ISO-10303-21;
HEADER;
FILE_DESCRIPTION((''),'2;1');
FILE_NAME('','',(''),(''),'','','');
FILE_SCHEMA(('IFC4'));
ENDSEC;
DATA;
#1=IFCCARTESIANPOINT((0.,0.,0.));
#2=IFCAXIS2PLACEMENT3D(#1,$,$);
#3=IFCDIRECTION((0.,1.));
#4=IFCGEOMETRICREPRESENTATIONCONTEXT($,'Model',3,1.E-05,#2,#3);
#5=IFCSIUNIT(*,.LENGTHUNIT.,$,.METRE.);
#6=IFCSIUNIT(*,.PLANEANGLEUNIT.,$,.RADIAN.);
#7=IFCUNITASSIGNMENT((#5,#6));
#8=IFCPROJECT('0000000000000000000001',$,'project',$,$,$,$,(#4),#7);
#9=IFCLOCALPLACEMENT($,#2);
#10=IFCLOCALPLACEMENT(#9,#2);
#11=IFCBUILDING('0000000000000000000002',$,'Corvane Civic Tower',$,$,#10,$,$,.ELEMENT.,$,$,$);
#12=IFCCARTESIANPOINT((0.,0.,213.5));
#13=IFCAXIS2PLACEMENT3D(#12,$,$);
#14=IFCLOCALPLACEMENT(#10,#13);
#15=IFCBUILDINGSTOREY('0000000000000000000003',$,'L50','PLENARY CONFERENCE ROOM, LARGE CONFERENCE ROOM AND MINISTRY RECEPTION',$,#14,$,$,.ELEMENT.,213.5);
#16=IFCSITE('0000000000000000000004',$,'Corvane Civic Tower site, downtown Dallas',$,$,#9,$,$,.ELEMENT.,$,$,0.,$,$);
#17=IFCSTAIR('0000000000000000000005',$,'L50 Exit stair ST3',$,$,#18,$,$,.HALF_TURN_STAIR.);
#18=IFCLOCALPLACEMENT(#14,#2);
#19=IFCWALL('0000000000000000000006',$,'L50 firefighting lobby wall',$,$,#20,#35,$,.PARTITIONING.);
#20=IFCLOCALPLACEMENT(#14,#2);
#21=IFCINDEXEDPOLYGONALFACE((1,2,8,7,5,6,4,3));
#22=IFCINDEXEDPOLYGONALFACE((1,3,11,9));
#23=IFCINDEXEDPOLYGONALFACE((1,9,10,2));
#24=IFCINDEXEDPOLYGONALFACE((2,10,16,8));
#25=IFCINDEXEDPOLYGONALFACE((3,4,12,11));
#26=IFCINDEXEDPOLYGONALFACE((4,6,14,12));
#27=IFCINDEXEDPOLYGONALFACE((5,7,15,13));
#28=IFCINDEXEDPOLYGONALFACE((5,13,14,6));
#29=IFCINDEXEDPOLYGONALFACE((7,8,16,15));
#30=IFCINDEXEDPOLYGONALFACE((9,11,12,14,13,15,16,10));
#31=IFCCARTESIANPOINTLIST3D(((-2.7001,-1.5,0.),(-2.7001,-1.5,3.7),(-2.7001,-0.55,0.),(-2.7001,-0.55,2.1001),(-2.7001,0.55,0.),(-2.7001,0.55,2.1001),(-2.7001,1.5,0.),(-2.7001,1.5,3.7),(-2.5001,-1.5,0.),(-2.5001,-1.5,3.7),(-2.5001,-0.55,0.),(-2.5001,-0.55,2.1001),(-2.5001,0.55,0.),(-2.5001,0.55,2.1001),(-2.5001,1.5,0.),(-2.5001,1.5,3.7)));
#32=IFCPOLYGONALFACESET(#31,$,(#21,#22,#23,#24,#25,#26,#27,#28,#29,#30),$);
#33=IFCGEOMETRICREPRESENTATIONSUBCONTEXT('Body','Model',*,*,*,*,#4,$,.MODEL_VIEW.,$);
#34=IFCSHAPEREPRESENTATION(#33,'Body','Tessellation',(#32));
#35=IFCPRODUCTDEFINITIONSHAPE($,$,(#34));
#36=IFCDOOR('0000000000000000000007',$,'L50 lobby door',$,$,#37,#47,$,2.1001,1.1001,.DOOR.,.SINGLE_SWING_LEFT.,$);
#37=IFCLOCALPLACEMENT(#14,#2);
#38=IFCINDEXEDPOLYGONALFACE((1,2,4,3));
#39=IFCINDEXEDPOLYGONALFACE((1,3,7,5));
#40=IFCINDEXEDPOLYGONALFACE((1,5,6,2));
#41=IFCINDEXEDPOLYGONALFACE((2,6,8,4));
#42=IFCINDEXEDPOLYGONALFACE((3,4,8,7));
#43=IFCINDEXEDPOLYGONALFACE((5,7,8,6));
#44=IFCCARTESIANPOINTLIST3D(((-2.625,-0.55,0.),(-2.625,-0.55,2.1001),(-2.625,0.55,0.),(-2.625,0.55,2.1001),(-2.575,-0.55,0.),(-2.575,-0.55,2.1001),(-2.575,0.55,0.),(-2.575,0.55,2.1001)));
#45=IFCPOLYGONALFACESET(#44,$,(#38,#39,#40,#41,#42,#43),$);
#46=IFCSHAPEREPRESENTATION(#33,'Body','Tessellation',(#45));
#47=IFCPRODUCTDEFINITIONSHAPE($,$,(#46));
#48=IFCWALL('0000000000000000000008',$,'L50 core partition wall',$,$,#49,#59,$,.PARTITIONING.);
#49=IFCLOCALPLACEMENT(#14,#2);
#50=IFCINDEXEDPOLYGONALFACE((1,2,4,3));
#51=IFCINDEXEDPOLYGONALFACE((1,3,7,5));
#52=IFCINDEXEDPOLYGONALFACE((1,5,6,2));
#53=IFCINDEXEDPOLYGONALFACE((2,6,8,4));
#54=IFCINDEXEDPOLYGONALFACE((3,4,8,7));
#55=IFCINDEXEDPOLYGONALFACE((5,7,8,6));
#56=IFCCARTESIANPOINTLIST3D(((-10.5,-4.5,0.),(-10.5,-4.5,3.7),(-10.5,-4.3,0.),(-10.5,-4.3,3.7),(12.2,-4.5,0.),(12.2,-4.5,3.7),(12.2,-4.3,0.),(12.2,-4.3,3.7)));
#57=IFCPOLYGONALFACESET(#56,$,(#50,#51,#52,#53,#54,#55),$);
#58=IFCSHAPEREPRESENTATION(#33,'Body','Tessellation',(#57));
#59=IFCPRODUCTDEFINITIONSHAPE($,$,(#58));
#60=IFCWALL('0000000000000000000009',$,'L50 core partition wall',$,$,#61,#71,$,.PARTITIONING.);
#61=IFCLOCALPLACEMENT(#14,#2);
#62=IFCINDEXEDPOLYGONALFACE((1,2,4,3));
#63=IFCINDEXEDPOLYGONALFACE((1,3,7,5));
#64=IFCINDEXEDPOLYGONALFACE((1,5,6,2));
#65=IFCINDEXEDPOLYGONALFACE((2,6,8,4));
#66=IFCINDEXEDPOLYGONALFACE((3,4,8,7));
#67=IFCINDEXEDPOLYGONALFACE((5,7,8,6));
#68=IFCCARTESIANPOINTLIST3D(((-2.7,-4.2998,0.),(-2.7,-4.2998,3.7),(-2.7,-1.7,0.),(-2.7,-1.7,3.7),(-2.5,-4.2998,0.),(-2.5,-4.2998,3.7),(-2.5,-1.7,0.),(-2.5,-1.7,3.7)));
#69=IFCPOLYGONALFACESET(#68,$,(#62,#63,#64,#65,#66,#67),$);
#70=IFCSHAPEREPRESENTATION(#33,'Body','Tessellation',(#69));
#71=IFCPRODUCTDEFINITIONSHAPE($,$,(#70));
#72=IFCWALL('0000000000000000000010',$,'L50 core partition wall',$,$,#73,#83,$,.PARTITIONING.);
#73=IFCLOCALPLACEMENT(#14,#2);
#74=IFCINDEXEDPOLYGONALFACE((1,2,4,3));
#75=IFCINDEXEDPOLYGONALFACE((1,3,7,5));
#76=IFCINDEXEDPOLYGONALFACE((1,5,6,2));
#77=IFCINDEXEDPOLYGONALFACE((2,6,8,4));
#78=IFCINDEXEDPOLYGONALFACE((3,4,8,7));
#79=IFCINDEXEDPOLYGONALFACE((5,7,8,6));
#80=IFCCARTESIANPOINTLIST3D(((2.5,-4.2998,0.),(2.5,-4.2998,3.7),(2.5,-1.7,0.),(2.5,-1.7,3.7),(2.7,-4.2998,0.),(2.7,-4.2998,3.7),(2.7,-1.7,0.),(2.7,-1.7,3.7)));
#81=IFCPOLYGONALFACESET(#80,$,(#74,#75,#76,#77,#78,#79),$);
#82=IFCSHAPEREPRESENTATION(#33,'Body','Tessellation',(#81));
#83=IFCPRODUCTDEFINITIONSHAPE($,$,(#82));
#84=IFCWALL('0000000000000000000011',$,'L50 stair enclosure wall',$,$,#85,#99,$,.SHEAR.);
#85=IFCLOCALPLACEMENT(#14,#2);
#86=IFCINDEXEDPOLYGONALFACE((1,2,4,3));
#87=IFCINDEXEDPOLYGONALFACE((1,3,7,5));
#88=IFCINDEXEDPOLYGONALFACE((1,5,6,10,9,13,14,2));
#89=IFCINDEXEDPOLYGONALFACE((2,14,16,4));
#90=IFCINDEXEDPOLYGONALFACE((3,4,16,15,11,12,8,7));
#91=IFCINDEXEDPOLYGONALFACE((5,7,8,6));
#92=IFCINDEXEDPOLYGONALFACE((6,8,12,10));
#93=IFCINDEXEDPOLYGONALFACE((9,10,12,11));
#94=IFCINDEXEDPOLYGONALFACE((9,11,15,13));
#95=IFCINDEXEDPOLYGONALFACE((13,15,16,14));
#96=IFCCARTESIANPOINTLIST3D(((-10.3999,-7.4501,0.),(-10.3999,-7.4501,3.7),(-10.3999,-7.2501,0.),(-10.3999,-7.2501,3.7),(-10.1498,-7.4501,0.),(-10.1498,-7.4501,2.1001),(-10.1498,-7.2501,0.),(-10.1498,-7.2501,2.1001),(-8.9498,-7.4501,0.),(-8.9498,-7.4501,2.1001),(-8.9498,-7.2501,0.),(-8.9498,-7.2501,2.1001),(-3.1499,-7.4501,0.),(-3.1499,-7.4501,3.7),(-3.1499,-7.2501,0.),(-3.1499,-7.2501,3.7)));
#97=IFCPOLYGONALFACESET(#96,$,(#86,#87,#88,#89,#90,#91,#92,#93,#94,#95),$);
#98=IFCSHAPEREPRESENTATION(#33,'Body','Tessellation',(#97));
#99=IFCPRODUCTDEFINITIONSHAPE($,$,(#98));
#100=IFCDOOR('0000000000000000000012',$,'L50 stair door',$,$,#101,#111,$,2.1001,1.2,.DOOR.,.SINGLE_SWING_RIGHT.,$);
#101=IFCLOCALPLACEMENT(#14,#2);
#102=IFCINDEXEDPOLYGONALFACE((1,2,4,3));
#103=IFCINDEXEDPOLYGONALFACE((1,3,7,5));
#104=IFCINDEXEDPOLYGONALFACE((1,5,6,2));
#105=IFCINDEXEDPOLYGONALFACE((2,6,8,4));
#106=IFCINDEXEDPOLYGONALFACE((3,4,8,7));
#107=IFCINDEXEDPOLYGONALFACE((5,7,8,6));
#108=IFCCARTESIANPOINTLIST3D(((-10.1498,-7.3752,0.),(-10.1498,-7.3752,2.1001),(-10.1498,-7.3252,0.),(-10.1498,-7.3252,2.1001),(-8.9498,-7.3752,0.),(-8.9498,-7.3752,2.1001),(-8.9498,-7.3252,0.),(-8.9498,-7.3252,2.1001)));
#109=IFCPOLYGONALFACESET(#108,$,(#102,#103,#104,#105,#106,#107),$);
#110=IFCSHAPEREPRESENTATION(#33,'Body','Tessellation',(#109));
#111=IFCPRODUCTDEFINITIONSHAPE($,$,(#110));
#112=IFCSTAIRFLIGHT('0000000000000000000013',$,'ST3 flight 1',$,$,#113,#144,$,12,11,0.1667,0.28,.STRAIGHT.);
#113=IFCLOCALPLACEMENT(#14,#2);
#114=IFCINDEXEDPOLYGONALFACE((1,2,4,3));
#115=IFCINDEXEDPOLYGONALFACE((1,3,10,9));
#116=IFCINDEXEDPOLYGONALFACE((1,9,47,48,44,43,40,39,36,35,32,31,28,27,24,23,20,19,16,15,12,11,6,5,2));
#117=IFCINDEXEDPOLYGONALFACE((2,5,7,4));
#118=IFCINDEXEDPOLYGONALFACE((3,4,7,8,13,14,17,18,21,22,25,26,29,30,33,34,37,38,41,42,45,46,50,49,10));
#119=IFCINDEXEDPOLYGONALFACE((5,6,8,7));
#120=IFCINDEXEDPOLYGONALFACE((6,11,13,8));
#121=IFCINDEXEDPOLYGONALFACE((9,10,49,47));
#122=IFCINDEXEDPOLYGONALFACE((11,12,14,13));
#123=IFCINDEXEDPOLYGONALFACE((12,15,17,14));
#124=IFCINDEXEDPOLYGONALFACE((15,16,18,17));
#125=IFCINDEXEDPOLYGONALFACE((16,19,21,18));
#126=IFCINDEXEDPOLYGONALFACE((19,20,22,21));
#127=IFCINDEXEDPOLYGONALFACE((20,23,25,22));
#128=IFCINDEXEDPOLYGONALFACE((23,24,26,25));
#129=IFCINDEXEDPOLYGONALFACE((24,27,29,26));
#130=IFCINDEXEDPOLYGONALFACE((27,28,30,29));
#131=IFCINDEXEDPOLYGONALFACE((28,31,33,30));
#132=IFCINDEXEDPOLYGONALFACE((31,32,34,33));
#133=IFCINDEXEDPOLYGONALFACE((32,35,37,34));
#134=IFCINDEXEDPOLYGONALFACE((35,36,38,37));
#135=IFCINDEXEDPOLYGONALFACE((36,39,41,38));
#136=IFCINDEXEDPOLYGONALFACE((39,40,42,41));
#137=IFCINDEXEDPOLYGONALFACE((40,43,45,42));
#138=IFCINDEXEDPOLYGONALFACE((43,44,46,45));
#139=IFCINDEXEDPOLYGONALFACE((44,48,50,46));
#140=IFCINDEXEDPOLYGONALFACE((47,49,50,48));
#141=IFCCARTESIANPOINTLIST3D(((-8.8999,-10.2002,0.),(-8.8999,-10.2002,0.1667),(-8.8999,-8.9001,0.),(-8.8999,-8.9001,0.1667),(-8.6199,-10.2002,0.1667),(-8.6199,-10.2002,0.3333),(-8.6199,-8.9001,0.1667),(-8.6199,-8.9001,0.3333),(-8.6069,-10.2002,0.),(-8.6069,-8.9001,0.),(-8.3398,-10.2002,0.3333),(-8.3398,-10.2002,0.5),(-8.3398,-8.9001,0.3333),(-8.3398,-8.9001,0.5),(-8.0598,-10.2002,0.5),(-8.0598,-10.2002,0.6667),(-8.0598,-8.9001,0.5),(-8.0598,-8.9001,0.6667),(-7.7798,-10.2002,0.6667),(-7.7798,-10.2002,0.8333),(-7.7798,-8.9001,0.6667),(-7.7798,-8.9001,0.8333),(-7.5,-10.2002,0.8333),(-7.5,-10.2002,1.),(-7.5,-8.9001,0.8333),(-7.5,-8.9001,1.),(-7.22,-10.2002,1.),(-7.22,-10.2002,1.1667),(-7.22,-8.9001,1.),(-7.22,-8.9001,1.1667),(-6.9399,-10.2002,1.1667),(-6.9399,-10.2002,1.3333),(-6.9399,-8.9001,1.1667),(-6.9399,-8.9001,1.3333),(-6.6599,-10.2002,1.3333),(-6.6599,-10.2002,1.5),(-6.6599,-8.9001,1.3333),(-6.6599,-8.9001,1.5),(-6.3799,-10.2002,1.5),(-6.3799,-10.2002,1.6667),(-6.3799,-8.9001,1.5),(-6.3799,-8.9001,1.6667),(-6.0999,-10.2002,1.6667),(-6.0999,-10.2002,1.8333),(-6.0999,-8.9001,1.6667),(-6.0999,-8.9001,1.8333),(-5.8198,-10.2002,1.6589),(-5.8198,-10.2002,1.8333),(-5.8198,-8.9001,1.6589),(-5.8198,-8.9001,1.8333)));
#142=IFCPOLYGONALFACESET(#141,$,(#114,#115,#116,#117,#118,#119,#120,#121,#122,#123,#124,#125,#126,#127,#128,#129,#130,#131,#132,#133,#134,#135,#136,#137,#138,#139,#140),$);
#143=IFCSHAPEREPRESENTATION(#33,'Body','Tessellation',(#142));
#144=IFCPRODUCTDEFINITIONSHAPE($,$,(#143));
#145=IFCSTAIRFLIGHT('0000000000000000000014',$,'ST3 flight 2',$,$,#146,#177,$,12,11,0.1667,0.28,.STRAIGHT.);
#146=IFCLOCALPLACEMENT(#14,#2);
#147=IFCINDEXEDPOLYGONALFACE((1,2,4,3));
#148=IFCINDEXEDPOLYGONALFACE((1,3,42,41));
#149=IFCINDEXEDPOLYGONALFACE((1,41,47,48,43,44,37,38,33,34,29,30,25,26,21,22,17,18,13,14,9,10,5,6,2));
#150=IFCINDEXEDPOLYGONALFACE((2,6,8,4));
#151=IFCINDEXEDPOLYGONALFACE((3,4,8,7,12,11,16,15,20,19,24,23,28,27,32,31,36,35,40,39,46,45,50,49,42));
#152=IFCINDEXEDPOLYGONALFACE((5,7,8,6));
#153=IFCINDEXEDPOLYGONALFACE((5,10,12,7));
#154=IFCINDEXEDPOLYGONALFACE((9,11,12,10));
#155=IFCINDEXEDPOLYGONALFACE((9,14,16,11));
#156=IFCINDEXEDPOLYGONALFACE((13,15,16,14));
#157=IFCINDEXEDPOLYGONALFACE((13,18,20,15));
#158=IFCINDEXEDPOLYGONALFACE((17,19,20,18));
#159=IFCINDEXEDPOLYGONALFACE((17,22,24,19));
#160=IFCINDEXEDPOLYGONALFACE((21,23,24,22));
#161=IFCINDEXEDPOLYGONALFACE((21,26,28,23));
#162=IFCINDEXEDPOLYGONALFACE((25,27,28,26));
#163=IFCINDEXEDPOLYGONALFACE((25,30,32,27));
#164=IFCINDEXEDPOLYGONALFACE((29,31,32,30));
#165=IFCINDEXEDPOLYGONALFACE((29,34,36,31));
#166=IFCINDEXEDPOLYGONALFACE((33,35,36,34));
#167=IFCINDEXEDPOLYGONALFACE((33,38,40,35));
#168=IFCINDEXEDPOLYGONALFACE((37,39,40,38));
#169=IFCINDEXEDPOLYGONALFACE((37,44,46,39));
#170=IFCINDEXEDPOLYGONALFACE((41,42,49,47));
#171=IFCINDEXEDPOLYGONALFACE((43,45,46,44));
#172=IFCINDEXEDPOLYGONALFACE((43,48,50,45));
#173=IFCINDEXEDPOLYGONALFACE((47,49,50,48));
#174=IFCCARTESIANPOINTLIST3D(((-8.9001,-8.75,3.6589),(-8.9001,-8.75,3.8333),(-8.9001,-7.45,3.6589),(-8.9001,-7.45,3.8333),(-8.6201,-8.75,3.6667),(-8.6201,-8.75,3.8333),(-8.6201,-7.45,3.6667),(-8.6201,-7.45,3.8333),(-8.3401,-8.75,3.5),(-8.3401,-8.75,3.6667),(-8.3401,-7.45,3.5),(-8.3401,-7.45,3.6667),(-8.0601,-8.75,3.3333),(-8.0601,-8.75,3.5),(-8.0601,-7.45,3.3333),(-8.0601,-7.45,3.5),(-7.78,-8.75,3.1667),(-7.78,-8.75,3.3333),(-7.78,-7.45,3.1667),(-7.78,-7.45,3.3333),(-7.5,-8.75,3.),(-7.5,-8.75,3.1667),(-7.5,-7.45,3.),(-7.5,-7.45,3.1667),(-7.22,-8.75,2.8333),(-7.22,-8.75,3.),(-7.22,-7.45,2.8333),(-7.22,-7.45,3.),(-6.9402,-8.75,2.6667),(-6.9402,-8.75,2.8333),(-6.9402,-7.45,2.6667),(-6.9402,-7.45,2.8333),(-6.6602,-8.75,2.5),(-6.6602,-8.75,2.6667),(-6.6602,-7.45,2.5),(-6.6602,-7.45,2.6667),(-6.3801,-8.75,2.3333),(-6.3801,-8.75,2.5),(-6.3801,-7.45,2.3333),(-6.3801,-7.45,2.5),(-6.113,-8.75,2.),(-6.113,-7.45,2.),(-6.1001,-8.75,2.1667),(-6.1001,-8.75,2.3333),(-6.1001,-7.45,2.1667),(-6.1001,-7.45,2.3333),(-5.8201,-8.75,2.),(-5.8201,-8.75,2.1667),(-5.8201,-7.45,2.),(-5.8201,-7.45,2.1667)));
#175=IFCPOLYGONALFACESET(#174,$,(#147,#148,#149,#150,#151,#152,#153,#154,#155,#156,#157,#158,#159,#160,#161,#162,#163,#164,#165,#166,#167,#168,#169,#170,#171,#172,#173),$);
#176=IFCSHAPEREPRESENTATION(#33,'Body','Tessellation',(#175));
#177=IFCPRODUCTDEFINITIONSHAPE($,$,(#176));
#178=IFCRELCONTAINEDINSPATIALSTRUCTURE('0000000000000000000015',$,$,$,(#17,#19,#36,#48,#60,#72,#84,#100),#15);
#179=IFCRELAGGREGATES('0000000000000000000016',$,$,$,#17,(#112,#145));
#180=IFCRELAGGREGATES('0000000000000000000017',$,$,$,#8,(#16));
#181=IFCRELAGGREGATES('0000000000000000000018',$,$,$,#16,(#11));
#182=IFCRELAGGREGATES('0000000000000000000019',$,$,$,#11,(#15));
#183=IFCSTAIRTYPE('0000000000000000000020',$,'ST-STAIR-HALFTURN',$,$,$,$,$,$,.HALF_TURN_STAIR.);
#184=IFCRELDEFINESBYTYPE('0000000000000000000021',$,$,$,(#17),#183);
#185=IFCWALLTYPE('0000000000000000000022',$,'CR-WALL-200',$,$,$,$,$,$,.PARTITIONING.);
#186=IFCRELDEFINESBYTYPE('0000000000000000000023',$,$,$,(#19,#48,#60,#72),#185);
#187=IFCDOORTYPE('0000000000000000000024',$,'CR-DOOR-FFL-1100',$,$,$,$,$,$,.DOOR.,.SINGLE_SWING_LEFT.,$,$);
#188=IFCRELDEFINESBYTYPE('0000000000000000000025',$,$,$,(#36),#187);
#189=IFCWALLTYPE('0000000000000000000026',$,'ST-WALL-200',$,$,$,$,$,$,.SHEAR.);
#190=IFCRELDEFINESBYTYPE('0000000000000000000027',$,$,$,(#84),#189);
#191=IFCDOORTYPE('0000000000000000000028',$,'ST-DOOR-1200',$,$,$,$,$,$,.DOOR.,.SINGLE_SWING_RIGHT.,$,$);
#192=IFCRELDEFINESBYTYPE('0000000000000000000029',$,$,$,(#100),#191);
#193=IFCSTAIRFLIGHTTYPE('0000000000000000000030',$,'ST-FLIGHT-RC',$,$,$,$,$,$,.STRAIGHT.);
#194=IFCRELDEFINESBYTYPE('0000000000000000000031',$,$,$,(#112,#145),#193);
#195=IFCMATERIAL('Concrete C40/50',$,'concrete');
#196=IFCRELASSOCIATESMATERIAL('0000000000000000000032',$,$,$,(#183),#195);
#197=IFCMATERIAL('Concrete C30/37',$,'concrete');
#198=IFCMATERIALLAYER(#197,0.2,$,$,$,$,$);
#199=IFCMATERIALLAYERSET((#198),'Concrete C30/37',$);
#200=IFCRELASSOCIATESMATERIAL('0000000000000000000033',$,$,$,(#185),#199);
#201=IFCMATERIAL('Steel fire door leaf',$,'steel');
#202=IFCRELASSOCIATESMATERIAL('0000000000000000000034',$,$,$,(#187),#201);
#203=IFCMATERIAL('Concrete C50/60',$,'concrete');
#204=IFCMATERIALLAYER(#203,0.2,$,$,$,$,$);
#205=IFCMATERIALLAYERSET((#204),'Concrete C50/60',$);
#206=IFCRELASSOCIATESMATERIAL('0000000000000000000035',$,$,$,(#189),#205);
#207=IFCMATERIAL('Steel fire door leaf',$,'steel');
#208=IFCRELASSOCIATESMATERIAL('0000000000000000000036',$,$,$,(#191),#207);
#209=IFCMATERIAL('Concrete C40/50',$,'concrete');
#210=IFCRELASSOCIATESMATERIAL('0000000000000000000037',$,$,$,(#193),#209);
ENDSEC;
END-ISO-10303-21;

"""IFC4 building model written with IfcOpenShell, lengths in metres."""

from ifc_helpers import new_model, si_unit, direction, frame, frame_2d, origin, place, context, subcontext, project, spatial, polyline, rectangle, outline, extrude, material, layer, layer_set, type_object, element, fill, aggregate, save


model = new_model("IFC4")

# Units and contexts
model_context = context("Model", 3, precision=1e-05, world=origin(), true_north=direction((0.0, 1.0)))
body_context = subcontext(model_context, "Body", "Model", "MODEL_VIEW")
ifc_project = project(units=[si_unit("LENGTHUNIT", "METRE"), si_unit("PLANEANGLEUNIT", "RADIAN")], contexts=[model_context])

# Site, building, storey
site_placement = place(None, origin())
site = spatial("IfcSite", under=ifc_project, at=site_placement, Name="Corvane Civic Tower site, downtown Dallas", CompositionType="ELEMENT", RefElevation=0.0)
building_placement = place(site_placement, origin())
building = spatial("IfcBuilding", under=site, at=building_placement, Name="Corvane Civic Tower", CompositionType="ELEMENT")
storey_placement = place(building_placement, frame((0.0, 0.0, 213.5)))
storey = spatial("IfcBuildingStorey", under=building, at=storey_placement, Name="L50", Description="PLENARY CONFERENCE ROOM, LARGE CONFERENCE ROOM AND MINISTRY RECEPTION", CompositionType="ELEMENT", Elevation=213.5)

# Stair
ifc_material_1 = material(Name="Concrete C40/50", Category="concrete")
stair_type = type_object("IfcStairType", Name="ST-STAIR-HALFTURN", PredefinedType="HALF_TURN_STAIR", material=ifc_material_1)
stair_1_placement = place(storey_placement, origin())
stair_1 = element("IfcStair", 1, at=stair_1_placement, inside=storey, type_object=stair_type, Name="L50 Exit stair ST3", PredefinedType="HALF_TURN_STAIR")

# Wall, opening, door
ifc_material_2 = material(Name="Concrete C30/37", Category="concrete")
ifc_layer_1 = layer(ifc_material_2, 0.2)
ifc_layer_set_1 = layer_set([ifc_layer_1], Name="Concrete C30/37")
wall_type_1 = type_object("IfcWallType", Name="CR-WALL-200", PredefinedType="PARTITIONING", material=ifc_layer_set_1)
ifc_material_3 = material(Name="Steel fire door leaf", Category="steel")
door_type_1 = type_object("IfcDoorType", Name="CR-DOOR-FFL-1100", OperationType="SINGLE_SWING_LEFT", PredefinedType="DOOR", material=ifc_material_3)
wall_1_placement = place(storey_placement, frame((-2.6001, -1.5, 0.0), z_axis=(0.0, 0.0, 1.0), x_axis=(0.0, 1.0, 0.0)))
wall_1 = element("IfcWall", 2, at=wall_1_placement, inside=storey, type_object=wall_type_1, Name="L50 firefighting lobby wall", PredefinedType="PARTITIONING", context=body_context, shape_type="SweptSolid", body=[
    extrude(rectangle(XDim=3.0, YDim=0.2, at=frame_2d((1.5, 0.0))), origin(), (0.0, 0.0, 1.0), 3.7),
])
opening_1_placement = place(wall_1_placement, frame((0.95, 0.0, 0.0)))
opening_1 = element("IfcOpeningElement", 3, at=opening_1_placement, cuts=wall_1, PredefinedType="OPENING", context=body_context, shape_type="SweptSolid", body=[
    extrude(rectangle(XDim=1.1001, YDim=2.1001, at=frame_2d((0.55, 1.05))), frame((0.0, 0.1099, 0.0), z_axis=(0.0, -1.0, 0.0), x_axis=(1.0, 0.0, 0.0)), (0.0, 0.0, 1.0), 0.22),
])
door_1_placement = place(opening_1_placement, origin())
door_1 = element("IfcDoor", 4, at=door_1_placement, inside=storey, type_object=door_type_1, Name="L50 lobby door", OperationType="SINGLE_SWING_LEFT", OverallHeight=2.1001, OverallWidth=1.1001, PredefinedType="DOOR", context=body_context, shape_type="SweptSolid", body=[
    extrude(rectangle(XDim=1.1001, YDim=2.1001, at=frame_2d((0.55, 1.05))), frame((0.0, 0.0249, 0.0), z_axis=(0.0, -1.0, 0.0), x_axis=(1.0, 0.0, 0.0)), (0.0, 0.0, 1.0), 0.05),
])
fill(opening_1, door_1)

# Walls
wall_2_placement = place(storey_placement, origin())
element("IfcWall", 5, at=wall_2_placement, inside=storey, type_object=wall_type_1, Name="L50 core partition wall", PredefinedType="PARTITIONING", context=body_context, shape_type="SweptSolid", body=[
    extrude(outline(polyline([(12.2, -4.3), (12.2, -4.5), (-10.5, -4.5), (-10.5, -4.3), (12.2, -4.3)])), origin(), (0.0, 0.0, 1.0), 3.7),
])
wall_3_placement = place(storey_placement, origin())
element("IfcWall", 6, at=wall_3_placement, inside=storey, type_object=wall_type_1, Name="L50 core partition wall", PredefinedType="PARTITIONING", context=body_context, shape_type="SweptSolid", body=[
    extrude(outline(polyline([(-2.5, -1.7), (-2.5, -4.2998), (-2.7, -4.2998), (-2.7, -1.7), (-2.5, -1.7)])), origin(), (0.0, 0.0, 1.0), 3.7),
])
wall_4_placement = place(storey_placement, origin())
element("IfcWall", 7, at=wall_4_placement, inside=storey, type_object=wall_type_1, Name="L50 core partition wall", PredefinedType="PARTITIONING", context=body_context, shape_type="SweptSolid", body=[
    extrude(outline(polyline([(2.7, -1.7), (2.7, -4.2998), (2.5, -4.2998), (2.5, -1.7), (2.7, -1.7)])), origin(), (0.0, 0.0, 1.0), 3.7),
])

# Wall, opening, door
ifc_material_4 = material(Name="Concrete C50/60", Category="concrete")
ifc_layer_2 = layer(ifc_material_4, 0.2)
ifc_layer_set_2 = layer_set([ifc_layer_2], Name="Concrete C50/60")
wall_type_2 = type_object("IfcWallType", Name="ST-WALL-200", PredefinedType="SHEAR", material=ifc_layer_set_2)
wall_5_placement = place(storey_placement, frame((-10.3999, -7.3501, 0.0), z_axis=(0.0, 0.0, 1.0), x_axis=(1.0, 0.0, 0.0)))
wall_5 = element("IfcWall", 8, at=wall_5_placement, inside=storey, type_object=wall_type_2, Name="L50 stair enclosure wall", PredefinedType="SHEAR", context=body_context, shape_type="SweptSolid", body=[
    extrude(rectangle(XDim=7.25, YDim=0.2, at=frame_2d((3.625, 0.0))), origin(), (0.0, 0.0, 1.0), 3.7),
])
opening_2_placement = place(wall_5_placement, frame((0.25, 0.0, 0.0)))
opening_2 = element("IfcOpeningElement", 9, at=opening_2_placement, cuts=wall_5, PredefinedType="OPENING", context=body_context, shape_type="SweptSolid", body=[
    extrude(rectangle(XDim=1.2, YDim=2.1001, at=frame_2d((0.6001, 1.05))), frame((0.0, 0.1099, 0.0), z_axis=(0.0, -1.0, 0.0), x_axis=(1.0, 0.0, 0.0)), (0.0, 0.0, 1.0), 0.22),
])
ifc_material_5 = material(Name="Steel fire door leaf", Category="steel")
door_type_2 = type_object("IfcDoorType", Name="ST-DOOR-1200", OperationType="SINGLE_SWING_RIGHT", PredefinedType="DOOR", material=ifc_material_5)
door_2_placement = place(opening_2_placement, origin())
door_2 = element("IfcDoor", 10, at=door_2_placement, inside=storey, type_object=door_type_2, Name="L50 stair door", OperationType="SINGLE_SWING_RIGHT", OverallHeight=2.1001, OverallWidth=1.2, PredefinedType="DOOR", context=body_context, shape_type="SweptSolid", body=[
    extrude(rectangle(XDim=1.2, YDim=2.1001, at=frame_2d((0.6001, 1.05))), frame((0.0, 0.0249, 0.0), z_axis=(0.0, -1.0, 0.0), x_axis=(1.0, 0.0, 0.0)), (0.0, 0.0, 1.0), 0.05),
])
fill(opening_2, door_2)

# Stair flights
ifc_material_6 = material(Name="Concrete C40/50", Category="concrete")
stair_flight_type = type_object("IfcStairFlightType", Name="ST-FLIGHT-RC", PredefinedType="STRAIGHT", material=ifc_material_6)
stair_flight_1_placement = place(storey_placement, frame((-8.8999, -9.55, 0.0), z_axis=(0.0, 0.0, 1.0), x_axis=(1.0, 0.0, 0.0)))
stair_flight_1 = element("IfcStairFlight", 11, at=stair_flight_1_placement, type_object=stair_flight_type, Name="ST3 flight 1", NumberOfRisers=12, NumberOfTreads=11, PredefinedType="STRAIGHT", RiserHeight=0.1667, TreadLength=0.28, context=body_context, shape_type="SweptSolid", body=[
    extrude(outline(polyline([(0.0, 0.0), (0.0, 0.1667), (0.28, 0.1667), (0.28, 0.3333), (0.5601, 0.3333), (0.5601, 0.5), (0.8401, 0.5), (0.8401, 0.6667), (1.1201, 0.6667), (1.1201, 0.8333), (1.3999, 0.8333), (1.3999, 1.0), (1.6799, 1.0), (1.6799, 1.1667), (1.96, 1.1667), (1.96, 1.3333), (2.24, 1.3333), (2.24, 1.5), (2.52, 1.5), (2.52, 1.6667), (2.8, 1.6667), (2.8, 1.8333), (3.0801, 1.8333), (3.0801, 2.0), (3.0801, 1.6589), (0.293, 0.0), (0.0, 0.0)])), frame((0.0, 0.6499, 0.0), z_axis=(0.0, -1.0, 0.0), x_axis=(1.0, 0.0, 0.0)), (0.0, 0.0, 1.0), 1.3),
])
stair_flight_2_placement = place(storey_placement, frame((-5.8201, -8.1001, 2.0), z_axis=(0.0, 0.0, 1.0), x_axis=(-1.0, 0.0, 0.0)))
stair_flight_2 = element("IfcStairFlight", 12, at=stair_flight_2_placement, type_object=stair_flight_type, Name="ST3 flight 2", NumberOfRisers=12, NumberOfTreads=11, PredefinedType="STRAIGHT", RiserHeight=0.1667, TreadLength=0.28, context=body_context, shape_type="SweptSolid", body=[
    extrude(outline(polyline([(0.0, 0.0), (0.0, 0.1667), (0.28, 0.1667), (0.28, 0.3333), (0.5601, 0.3333), (0.5601, 0.5), (0.8401, 0.5), (0.8401, 0.6667), (1.1201, 0.6667), (1.1201, 0.8333), (1.3999, 0.8333), (1.3999, 1.0), (1.6799, 1.0), (1.6799, 1.1667), (1.96, 1.1667), (1.96, 1.3333), (2.24, 1.3333), (2.24, 1.5), (2.52, 1.5), (2.52, 1.6667), (2.8, 1.6667), (2.8, 1.8333), (3.0801, 1.8333), (3.0801, 2.0), (3.0801, 1.6589), (0.293, 0.0), (0.0, 0.0)])), frame((0.0, 0.6499, 0.0), z_axis=(0.0, -1.0, 0.0), x_axis=(1.0, 0.0, 0.0)), (0.0, 0.0, 1.0), 1.3),
])
aggregate(stair_1, [stair_flight_1, stair_flight_2])

save(model, "model.ifc")
